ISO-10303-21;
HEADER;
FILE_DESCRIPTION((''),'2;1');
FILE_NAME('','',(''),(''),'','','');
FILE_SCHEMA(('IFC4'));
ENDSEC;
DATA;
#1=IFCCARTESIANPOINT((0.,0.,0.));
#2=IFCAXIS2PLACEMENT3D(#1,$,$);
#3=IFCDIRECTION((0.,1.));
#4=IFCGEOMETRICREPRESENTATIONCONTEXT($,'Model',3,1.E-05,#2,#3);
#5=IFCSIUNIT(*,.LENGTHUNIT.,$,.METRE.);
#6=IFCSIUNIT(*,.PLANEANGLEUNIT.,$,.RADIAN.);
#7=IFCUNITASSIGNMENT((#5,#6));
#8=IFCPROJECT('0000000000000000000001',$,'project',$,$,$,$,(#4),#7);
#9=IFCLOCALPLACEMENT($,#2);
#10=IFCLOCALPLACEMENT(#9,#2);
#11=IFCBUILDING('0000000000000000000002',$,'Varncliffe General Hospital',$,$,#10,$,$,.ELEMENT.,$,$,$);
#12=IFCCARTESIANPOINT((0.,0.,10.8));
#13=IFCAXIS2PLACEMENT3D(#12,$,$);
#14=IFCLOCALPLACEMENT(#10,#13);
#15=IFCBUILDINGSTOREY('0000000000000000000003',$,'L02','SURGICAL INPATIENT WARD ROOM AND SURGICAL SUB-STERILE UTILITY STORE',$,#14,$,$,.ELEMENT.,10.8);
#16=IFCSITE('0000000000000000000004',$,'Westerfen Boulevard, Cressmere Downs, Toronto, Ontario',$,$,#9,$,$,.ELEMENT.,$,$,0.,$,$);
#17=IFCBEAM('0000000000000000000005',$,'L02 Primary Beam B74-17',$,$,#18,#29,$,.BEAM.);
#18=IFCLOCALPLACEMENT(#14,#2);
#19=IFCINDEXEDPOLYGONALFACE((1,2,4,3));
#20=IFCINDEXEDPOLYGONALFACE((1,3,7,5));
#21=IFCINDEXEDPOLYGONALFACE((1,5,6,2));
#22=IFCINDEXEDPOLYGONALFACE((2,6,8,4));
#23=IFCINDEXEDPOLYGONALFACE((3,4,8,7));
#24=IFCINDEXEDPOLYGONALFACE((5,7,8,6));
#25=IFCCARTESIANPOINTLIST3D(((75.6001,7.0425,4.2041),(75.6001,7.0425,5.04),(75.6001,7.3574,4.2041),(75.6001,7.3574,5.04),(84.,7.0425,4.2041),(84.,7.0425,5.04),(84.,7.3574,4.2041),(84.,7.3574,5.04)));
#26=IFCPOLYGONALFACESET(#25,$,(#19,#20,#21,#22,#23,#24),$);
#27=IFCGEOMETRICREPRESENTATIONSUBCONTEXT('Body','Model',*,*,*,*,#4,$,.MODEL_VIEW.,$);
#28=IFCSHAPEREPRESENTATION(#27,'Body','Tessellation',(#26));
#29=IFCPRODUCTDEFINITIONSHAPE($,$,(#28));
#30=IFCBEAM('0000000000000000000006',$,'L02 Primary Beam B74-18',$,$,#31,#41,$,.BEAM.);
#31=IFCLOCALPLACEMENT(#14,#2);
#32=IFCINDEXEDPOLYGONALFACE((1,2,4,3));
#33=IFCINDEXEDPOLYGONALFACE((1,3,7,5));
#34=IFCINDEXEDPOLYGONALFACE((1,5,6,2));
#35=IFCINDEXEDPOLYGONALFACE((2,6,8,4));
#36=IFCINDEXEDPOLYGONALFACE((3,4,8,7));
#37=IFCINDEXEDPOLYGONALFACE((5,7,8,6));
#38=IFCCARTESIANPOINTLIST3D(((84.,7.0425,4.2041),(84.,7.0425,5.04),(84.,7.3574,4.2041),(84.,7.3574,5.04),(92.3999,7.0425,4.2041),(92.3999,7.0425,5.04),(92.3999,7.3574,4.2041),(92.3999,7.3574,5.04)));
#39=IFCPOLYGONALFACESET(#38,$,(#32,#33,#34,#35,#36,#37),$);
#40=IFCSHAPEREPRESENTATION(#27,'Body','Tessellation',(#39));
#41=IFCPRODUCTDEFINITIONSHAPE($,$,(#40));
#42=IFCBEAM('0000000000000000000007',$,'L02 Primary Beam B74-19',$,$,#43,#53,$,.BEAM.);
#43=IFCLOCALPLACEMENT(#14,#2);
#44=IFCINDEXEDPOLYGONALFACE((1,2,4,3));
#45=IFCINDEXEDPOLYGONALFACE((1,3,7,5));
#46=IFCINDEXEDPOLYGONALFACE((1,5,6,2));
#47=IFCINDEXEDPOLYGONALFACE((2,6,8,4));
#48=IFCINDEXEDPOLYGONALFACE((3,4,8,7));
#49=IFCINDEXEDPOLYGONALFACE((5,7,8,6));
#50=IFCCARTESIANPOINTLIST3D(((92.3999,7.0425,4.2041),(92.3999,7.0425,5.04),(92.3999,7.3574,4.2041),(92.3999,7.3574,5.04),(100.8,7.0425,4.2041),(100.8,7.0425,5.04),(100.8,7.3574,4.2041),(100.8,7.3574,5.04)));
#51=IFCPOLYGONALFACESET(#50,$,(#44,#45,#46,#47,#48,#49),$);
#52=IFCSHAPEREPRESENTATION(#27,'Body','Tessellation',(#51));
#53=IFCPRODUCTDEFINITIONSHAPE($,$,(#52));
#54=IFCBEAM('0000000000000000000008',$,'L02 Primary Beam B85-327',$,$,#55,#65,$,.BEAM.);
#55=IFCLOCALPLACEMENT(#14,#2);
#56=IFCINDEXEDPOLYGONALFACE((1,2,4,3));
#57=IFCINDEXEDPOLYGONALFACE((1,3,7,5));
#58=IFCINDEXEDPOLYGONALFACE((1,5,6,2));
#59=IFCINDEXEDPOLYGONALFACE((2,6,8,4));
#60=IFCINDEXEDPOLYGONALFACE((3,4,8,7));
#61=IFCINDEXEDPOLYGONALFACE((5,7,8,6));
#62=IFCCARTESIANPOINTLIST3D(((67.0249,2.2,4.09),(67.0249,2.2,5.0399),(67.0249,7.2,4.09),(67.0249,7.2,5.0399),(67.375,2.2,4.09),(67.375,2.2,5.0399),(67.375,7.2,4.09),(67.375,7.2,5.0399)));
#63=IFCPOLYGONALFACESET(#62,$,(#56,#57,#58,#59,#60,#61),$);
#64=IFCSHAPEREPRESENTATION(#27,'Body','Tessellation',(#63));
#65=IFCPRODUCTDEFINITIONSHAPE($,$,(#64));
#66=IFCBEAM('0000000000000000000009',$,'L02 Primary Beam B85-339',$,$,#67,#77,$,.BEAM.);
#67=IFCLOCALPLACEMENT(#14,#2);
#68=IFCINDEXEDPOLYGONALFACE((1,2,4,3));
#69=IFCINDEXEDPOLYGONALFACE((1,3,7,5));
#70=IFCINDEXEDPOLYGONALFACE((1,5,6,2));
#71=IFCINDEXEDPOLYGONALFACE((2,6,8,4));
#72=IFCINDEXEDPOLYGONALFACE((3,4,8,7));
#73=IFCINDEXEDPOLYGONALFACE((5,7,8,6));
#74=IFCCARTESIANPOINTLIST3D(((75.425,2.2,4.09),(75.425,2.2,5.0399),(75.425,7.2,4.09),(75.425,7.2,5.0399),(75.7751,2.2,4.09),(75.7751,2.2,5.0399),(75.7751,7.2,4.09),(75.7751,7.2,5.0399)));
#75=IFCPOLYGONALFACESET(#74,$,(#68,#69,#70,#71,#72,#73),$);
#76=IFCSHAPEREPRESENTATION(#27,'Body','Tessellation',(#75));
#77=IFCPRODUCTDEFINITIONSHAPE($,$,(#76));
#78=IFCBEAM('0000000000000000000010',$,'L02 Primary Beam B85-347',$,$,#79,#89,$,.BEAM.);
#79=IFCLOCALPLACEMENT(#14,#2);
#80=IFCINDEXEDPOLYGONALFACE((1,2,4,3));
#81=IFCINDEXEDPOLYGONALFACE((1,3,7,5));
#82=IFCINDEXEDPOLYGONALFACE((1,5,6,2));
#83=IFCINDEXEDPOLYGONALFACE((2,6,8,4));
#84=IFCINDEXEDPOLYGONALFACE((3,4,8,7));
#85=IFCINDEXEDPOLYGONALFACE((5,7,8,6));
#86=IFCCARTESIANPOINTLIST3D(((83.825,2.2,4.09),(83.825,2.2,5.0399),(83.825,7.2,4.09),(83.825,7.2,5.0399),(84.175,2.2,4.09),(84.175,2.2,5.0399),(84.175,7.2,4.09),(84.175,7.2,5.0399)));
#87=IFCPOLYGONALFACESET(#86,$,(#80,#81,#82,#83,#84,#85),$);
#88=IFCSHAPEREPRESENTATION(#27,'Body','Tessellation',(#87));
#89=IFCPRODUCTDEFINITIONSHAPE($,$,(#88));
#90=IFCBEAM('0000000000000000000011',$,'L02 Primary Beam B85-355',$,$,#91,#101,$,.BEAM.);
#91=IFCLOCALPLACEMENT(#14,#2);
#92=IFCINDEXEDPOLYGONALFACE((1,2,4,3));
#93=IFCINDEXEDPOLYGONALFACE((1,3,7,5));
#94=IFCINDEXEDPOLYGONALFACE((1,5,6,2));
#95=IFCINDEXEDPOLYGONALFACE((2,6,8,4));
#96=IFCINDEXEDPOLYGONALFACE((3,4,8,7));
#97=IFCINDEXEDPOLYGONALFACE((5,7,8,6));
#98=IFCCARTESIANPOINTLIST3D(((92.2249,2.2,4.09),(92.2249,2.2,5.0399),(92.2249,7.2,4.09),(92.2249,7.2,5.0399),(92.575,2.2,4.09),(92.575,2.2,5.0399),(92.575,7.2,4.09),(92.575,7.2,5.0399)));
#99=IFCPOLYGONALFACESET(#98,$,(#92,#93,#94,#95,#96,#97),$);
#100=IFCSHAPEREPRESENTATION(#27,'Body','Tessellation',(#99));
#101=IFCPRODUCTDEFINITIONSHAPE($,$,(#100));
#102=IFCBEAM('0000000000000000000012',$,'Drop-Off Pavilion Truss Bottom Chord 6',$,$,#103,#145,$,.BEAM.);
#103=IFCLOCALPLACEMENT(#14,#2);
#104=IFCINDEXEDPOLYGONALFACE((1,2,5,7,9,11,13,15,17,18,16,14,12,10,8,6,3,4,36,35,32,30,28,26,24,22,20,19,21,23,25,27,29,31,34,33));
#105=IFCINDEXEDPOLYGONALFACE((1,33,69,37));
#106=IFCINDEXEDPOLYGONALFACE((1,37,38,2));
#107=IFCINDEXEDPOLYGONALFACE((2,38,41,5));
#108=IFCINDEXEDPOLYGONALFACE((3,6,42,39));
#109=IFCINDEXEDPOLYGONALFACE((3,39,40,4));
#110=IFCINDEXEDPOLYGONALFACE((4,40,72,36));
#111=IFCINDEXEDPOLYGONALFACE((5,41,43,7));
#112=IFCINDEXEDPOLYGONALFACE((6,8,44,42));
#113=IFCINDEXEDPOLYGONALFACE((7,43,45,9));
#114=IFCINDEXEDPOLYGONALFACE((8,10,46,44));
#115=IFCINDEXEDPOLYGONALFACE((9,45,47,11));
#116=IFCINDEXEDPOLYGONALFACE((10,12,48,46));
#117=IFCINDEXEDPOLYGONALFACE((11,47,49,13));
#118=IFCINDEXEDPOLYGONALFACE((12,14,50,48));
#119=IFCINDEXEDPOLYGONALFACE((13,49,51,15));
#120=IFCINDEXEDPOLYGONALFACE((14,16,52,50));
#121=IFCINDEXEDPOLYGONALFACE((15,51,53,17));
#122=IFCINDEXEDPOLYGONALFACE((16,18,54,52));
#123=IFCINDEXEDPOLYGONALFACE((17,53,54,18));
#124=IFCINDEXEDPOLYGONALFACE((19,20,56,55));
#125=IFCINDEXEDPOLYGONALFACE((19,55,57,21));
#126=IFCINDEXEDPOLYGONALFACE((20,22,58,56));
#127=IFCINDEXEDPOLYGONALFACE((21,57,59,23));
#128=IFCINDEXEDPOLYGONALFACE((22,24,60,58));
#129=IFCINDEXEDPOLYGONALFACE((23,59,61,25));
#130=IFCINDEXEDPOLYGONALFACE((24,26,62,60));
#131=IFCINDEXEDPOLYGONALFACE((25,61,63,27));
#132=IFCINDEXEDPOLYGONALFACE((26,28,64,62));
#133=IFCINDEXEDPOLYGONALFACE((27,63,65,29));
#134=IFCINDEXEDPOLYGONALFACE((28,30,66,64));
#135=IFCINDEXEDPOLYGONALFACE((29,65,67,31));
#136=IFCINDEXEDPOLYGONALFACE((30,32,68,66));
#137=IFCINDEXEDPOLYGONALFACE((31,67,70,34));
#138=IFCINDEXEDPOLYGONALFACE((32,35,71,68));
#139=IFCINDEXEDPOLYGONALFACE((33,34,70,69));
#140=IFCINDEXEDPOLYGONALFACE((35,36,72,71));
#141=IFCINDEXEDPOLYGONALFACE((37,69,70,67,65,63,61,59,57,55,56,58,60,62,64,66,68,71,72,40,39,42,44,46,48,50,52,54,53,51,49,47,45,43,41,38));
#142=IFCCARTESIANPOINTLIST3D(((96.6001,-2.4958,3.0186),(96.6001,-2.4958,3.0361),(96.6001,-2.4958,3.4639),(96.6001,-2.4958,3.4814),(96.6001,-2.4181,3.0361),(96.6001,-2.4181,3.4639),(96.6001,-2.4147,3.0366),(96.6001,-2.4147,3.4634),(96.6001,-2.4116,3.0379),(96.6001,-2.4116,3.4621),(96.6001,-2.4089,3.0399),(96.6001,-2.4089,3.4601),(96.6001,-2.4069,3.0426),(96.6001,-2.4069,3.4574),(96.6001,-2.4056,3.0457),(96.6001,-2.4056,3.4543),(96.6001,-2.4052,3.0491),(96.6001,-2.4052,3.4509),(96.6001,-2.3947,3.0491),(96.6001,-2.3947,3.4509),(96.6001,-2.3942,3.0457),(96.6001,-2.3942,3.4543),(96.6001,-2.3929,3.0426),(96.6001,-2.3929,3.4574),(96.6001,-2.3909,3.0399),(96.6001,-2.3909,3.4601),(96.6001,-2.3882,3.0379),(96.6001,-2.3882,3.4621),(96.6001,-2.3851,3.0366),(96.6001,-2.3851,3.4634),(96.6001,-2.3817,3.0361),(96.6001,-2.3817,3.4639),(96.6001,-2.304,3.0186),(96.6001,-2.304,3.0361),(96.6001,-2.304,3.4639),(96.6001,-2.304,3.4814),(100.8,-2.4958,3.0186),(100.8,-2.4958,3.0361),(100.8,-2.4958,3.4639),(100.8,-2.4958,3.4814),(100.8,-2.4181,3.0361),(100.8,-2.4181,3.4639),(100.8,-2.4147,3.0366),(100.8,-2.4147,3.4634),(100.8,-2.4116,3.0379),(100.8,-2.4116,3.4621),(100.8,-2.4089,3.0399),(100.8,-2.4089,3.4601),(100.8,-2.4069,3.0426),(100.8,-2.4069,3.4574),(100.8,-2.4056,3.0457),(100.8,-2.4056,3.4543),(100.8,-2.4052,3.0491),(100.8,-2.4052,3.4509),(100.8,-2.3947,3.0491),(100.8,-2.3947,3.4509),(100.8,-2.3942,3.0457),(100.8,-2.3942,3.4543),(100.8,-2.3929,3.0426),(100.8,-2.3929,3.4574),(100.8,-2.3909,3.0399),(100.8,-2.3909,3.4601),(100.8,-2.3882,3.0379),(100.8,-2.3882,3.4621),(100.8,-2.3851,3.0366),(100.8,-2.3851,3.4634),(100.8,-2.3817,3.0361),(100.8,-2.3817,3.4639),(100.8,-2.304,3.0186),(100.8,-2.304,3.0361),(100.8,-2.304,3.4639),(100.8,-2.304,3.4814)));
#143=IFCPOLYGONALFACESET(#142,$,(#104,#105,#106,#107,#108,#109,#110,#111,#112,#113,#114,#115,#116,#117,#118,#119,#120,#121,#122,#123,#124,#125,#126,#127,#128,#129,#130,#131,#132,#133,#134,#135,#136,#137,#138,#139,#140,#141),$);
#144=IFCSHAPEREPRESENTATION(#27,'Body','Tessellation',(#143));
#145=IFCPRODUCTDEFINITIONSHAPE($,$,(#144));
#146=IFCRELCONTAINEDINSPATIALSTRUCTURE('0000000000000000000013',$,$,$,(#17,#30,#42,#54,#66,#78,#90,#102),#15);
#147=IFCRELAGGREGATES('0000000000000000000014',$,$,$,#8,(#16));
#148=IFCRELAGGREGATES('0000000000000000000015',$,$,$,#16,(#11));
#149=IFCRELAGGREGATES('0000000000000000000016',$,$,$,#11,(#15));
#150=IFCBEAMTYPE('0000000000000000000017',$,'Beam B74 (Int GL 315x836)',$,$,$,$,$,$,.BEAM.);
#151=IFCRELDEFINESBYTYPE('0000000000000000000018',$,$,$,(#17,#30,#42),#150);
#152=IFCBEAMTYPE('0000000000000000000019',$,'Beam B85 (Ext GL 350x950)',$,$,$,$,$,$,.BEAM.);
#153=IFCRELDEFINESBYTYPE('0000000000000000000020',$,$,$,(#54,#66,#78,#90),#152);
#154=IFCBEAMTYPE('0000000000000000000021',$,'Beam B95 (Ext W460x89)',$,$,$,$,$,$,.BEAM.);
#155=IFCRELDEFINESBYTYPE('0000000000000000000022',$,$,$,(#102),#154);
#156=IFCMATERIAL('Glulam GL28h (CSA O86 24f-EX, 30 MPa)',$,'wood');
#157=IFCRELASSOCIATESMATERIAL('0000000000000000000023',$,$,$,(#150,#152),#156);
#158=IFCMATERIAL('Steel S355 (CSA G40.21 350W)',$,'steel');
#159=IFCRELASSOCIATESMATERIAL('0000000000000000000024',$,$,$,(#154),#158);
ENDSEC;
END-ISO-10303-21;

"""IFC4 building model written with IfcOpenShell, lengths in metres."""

from ifc_helpers import new_model, si_unit, direction, frame, origin, origin_2d, place, context, subcontext, project, spatial, rectangle, i_section, extrude, material, material_profile, profile_set, type_object, element, save


model = new_model("IFC4")

# Units and contexts
model_context = context("Model", 3, precision=1e-05, world=origin(), true_north=direction((0.0, 1.0)))
body_context = subcontext(model_context, "Body", "Model", "MODEL_VIEW")
ifc_project = project(units=[si_unit("LENGTHUNIT", "METRE"), si_unit("PLANEANGLEUNIT", "RADIAN")], contexts=[model_context])

# Site, building, storey
site_placement = place(None, origin())
site = spatial("IfcSite", under=ifc_project, at=site_placement, Name="Westerfen Boulevard, Cressmere Downs, Toronto, Ontario", CompositionType="ELEMENT", RefElevation=0.0)
building_placement = place(site_placement, origin())
building = spatial("IfcBuilding", under=site, at=building_placement, Name="Varncliffe General Hospital", CompositionType="ELEMENT")
storey_placement = place(building_placement, frame((0.0, 0.0, 10.8)))
storey = spatial("IfcBuildingStorey", under=building, at=storey_placement, Name="L02", Description="SURGICAL INPATIENT WARD ROOM AND SURGICAL SUB-STERILE UTILITY STORE", CompositionType="ELEMENT", Elevation=10.8)

# Shared definitions
ifc_material_1 = material(Name="Glulam GL28h (CSA O86 24f-EX, 30 MPa)", Category="wood")

# Beams
ifc_material_profile_1 = material_profile(ifc_material_1, rectangle(XDim=0.3149, YDim=0.8359, at=origin_2d()), Name="GL 315x836")
ifc_profile_set_1 = profile_set([ifc_material_profile_1], Name="Glulam GL28h (CSA O86 24f-EX, 30 MPa)")
beam_type_1 = type_object("IfcBeamType", Name="Beam B74 (Int GL 315x836)", PredefinedType="BEAM", material=ifc_profile_set_1)
for number, where, z_axis, x_axis, name in (
    (1, (75.6001, 7.2, 4.6221), (1.0, 0.0, 0.0), (0.0, 1.0, 0.0), "L02 Primary Beam B74-17"),
    (2, (84.0, 7.2, 4.6221), (1.0, 0.0, 0.0), (0.0, 1.0, 0.0), "L02 Primary Beam B74-18"),
):
    element("IfcBeam", number, at=place(storey_placement, frame(where, z_axis=z_axis, x_axis=x_axis)), inside=storey, type_object=beam_type_1, Name=name, PredefinedType="BEAM", context=body_context, shape_type="SweptSolid", body=[
        extrude(rectangle(XDim=0.3149, YDim=0.8359, at=origin_2d()), origin(), (0.0, 0.0, 1.0), 8.3999),
    ])
beam_1_placement = place(storey_placement, frame((92.3999, 7.2, 4.6221), z_axis=(1.0, 0.0, 0.0), x_axis=(0.0, 1.0, 0.0)))
element("IfcBeam", 3, at=beam_1_placement, inside=storey, type_object=beam_type_1, Name="L02 Primary Beam B74-19", PredefinedType="BEAM", context=body_context, shape_type="SweptSolid", body=[
    extrude(rectangle(XDim=0.3149, YDim=0.8359, at=origin_2d()), origin(), (0.0, 0.0, 1.0), 8.4001),
])
ifc_material_profile_2 = material_profile(ifc_material_1, rectangle(XDim=0.3501, YDim=0.95, at=origin_2d()), Name="GL 350x950")
ifc_profile_set_2 = profile_set([ifc_material_profile_2], Name="Glulam GL28h (CSA O86 24f-EX, 30 MPa)")
beam_type_2 = type_object("IfcBeamType", Name="Beam B85 (Ext GL 350x950)", PredefinedType="BEAM", material=ifc_profile_set_2)
for number, where, z_axis, x_axis, name in (
    (4, (67.2, 2.2, 4.5649), (0.0, 1.0, 0.0), (-1.0, 0.0, 0.0), "L02 Primary Beam B85-327"),
    (5, (75.6001, 2.2, 4.5649), (0.0, 1.0, 0.0), (-1.0, 0.0, 0.0), "L02 Primary Beam B85-339"),
    (6, (84.0, 2.2, 4.5649), (0.0, 1.0, 0.0), (-1.0, 0.0, 0.0), "L02 Primary Beam B85-347"),
    (7, (92.3999, 2.2, 4.5649), (0.0, 1.0, 0.0), (-1.0, 0.0, 0.0), "L02 Primary Beam B85-355"),
):
    element("IfcBeam", number, at=place(storey_placement, frame(where, z_axis=z_axis, x_axis=x_axis)), inside=storey, type_object=beam_type_2, Name=name, PredefinedType="BEAM", context=body_context, shape_type="SweptSolid", body=[
        extrude(rectangle(XDim=0.3501, YDim=0.95, at=origin_2d()), origin(), (0.0, 0.0, 1.0), 5.0),
    ])
ifc_material_2 = material(Name="Steel S355 (CSA G40.21 350W)", Category="steel")
ifc_material_profile_3 = material_profile(ifc_material_2, i_section(OverallWidth=0.1919, OverallDepth=0.4629, WebThickness=0.0105, FlangeThickness=0.0176, FilletRadius=0.0129, at=origin_2d()), Name="W460x89")
ifc_profile_set_3 = profile_set([ifc_material_profile_3], Name="Steel S355 (CSA G40.21 350W)")
beam_type_3 = type_object("IfcBeamType", Name="Beam B95 (Ext W460x89)", PredefinedType="BEAM", material=ifc_profile_set_3)
beam_2_placement = place(storey_placement, frame((96.6001, -2.3999, 3.25), z_axis=(1.0, 0.0, 0.0), x_axis=(0.0, 1.0, 0.0)))
element("IfcBeam", 8, at=beam_2_placement, inside=storey, type_object=beam_type_3, Name="Drop-Off Pavilion Truss Bottom Chord 6", PredefinedType="BEAM", context=body_context, shape_type="SweptSolid", body=[
    extrude(i_section(OverallWidth=0.1919, OverallDepth=0.4629, WebThickness=0.0105, FlangeThickness=0.0176, FilletRadius=0.0129, at=origin_2d()), origin(), (0.0, 0.0, 1.0), 4.2),
])

save(model, "model.ifc")
